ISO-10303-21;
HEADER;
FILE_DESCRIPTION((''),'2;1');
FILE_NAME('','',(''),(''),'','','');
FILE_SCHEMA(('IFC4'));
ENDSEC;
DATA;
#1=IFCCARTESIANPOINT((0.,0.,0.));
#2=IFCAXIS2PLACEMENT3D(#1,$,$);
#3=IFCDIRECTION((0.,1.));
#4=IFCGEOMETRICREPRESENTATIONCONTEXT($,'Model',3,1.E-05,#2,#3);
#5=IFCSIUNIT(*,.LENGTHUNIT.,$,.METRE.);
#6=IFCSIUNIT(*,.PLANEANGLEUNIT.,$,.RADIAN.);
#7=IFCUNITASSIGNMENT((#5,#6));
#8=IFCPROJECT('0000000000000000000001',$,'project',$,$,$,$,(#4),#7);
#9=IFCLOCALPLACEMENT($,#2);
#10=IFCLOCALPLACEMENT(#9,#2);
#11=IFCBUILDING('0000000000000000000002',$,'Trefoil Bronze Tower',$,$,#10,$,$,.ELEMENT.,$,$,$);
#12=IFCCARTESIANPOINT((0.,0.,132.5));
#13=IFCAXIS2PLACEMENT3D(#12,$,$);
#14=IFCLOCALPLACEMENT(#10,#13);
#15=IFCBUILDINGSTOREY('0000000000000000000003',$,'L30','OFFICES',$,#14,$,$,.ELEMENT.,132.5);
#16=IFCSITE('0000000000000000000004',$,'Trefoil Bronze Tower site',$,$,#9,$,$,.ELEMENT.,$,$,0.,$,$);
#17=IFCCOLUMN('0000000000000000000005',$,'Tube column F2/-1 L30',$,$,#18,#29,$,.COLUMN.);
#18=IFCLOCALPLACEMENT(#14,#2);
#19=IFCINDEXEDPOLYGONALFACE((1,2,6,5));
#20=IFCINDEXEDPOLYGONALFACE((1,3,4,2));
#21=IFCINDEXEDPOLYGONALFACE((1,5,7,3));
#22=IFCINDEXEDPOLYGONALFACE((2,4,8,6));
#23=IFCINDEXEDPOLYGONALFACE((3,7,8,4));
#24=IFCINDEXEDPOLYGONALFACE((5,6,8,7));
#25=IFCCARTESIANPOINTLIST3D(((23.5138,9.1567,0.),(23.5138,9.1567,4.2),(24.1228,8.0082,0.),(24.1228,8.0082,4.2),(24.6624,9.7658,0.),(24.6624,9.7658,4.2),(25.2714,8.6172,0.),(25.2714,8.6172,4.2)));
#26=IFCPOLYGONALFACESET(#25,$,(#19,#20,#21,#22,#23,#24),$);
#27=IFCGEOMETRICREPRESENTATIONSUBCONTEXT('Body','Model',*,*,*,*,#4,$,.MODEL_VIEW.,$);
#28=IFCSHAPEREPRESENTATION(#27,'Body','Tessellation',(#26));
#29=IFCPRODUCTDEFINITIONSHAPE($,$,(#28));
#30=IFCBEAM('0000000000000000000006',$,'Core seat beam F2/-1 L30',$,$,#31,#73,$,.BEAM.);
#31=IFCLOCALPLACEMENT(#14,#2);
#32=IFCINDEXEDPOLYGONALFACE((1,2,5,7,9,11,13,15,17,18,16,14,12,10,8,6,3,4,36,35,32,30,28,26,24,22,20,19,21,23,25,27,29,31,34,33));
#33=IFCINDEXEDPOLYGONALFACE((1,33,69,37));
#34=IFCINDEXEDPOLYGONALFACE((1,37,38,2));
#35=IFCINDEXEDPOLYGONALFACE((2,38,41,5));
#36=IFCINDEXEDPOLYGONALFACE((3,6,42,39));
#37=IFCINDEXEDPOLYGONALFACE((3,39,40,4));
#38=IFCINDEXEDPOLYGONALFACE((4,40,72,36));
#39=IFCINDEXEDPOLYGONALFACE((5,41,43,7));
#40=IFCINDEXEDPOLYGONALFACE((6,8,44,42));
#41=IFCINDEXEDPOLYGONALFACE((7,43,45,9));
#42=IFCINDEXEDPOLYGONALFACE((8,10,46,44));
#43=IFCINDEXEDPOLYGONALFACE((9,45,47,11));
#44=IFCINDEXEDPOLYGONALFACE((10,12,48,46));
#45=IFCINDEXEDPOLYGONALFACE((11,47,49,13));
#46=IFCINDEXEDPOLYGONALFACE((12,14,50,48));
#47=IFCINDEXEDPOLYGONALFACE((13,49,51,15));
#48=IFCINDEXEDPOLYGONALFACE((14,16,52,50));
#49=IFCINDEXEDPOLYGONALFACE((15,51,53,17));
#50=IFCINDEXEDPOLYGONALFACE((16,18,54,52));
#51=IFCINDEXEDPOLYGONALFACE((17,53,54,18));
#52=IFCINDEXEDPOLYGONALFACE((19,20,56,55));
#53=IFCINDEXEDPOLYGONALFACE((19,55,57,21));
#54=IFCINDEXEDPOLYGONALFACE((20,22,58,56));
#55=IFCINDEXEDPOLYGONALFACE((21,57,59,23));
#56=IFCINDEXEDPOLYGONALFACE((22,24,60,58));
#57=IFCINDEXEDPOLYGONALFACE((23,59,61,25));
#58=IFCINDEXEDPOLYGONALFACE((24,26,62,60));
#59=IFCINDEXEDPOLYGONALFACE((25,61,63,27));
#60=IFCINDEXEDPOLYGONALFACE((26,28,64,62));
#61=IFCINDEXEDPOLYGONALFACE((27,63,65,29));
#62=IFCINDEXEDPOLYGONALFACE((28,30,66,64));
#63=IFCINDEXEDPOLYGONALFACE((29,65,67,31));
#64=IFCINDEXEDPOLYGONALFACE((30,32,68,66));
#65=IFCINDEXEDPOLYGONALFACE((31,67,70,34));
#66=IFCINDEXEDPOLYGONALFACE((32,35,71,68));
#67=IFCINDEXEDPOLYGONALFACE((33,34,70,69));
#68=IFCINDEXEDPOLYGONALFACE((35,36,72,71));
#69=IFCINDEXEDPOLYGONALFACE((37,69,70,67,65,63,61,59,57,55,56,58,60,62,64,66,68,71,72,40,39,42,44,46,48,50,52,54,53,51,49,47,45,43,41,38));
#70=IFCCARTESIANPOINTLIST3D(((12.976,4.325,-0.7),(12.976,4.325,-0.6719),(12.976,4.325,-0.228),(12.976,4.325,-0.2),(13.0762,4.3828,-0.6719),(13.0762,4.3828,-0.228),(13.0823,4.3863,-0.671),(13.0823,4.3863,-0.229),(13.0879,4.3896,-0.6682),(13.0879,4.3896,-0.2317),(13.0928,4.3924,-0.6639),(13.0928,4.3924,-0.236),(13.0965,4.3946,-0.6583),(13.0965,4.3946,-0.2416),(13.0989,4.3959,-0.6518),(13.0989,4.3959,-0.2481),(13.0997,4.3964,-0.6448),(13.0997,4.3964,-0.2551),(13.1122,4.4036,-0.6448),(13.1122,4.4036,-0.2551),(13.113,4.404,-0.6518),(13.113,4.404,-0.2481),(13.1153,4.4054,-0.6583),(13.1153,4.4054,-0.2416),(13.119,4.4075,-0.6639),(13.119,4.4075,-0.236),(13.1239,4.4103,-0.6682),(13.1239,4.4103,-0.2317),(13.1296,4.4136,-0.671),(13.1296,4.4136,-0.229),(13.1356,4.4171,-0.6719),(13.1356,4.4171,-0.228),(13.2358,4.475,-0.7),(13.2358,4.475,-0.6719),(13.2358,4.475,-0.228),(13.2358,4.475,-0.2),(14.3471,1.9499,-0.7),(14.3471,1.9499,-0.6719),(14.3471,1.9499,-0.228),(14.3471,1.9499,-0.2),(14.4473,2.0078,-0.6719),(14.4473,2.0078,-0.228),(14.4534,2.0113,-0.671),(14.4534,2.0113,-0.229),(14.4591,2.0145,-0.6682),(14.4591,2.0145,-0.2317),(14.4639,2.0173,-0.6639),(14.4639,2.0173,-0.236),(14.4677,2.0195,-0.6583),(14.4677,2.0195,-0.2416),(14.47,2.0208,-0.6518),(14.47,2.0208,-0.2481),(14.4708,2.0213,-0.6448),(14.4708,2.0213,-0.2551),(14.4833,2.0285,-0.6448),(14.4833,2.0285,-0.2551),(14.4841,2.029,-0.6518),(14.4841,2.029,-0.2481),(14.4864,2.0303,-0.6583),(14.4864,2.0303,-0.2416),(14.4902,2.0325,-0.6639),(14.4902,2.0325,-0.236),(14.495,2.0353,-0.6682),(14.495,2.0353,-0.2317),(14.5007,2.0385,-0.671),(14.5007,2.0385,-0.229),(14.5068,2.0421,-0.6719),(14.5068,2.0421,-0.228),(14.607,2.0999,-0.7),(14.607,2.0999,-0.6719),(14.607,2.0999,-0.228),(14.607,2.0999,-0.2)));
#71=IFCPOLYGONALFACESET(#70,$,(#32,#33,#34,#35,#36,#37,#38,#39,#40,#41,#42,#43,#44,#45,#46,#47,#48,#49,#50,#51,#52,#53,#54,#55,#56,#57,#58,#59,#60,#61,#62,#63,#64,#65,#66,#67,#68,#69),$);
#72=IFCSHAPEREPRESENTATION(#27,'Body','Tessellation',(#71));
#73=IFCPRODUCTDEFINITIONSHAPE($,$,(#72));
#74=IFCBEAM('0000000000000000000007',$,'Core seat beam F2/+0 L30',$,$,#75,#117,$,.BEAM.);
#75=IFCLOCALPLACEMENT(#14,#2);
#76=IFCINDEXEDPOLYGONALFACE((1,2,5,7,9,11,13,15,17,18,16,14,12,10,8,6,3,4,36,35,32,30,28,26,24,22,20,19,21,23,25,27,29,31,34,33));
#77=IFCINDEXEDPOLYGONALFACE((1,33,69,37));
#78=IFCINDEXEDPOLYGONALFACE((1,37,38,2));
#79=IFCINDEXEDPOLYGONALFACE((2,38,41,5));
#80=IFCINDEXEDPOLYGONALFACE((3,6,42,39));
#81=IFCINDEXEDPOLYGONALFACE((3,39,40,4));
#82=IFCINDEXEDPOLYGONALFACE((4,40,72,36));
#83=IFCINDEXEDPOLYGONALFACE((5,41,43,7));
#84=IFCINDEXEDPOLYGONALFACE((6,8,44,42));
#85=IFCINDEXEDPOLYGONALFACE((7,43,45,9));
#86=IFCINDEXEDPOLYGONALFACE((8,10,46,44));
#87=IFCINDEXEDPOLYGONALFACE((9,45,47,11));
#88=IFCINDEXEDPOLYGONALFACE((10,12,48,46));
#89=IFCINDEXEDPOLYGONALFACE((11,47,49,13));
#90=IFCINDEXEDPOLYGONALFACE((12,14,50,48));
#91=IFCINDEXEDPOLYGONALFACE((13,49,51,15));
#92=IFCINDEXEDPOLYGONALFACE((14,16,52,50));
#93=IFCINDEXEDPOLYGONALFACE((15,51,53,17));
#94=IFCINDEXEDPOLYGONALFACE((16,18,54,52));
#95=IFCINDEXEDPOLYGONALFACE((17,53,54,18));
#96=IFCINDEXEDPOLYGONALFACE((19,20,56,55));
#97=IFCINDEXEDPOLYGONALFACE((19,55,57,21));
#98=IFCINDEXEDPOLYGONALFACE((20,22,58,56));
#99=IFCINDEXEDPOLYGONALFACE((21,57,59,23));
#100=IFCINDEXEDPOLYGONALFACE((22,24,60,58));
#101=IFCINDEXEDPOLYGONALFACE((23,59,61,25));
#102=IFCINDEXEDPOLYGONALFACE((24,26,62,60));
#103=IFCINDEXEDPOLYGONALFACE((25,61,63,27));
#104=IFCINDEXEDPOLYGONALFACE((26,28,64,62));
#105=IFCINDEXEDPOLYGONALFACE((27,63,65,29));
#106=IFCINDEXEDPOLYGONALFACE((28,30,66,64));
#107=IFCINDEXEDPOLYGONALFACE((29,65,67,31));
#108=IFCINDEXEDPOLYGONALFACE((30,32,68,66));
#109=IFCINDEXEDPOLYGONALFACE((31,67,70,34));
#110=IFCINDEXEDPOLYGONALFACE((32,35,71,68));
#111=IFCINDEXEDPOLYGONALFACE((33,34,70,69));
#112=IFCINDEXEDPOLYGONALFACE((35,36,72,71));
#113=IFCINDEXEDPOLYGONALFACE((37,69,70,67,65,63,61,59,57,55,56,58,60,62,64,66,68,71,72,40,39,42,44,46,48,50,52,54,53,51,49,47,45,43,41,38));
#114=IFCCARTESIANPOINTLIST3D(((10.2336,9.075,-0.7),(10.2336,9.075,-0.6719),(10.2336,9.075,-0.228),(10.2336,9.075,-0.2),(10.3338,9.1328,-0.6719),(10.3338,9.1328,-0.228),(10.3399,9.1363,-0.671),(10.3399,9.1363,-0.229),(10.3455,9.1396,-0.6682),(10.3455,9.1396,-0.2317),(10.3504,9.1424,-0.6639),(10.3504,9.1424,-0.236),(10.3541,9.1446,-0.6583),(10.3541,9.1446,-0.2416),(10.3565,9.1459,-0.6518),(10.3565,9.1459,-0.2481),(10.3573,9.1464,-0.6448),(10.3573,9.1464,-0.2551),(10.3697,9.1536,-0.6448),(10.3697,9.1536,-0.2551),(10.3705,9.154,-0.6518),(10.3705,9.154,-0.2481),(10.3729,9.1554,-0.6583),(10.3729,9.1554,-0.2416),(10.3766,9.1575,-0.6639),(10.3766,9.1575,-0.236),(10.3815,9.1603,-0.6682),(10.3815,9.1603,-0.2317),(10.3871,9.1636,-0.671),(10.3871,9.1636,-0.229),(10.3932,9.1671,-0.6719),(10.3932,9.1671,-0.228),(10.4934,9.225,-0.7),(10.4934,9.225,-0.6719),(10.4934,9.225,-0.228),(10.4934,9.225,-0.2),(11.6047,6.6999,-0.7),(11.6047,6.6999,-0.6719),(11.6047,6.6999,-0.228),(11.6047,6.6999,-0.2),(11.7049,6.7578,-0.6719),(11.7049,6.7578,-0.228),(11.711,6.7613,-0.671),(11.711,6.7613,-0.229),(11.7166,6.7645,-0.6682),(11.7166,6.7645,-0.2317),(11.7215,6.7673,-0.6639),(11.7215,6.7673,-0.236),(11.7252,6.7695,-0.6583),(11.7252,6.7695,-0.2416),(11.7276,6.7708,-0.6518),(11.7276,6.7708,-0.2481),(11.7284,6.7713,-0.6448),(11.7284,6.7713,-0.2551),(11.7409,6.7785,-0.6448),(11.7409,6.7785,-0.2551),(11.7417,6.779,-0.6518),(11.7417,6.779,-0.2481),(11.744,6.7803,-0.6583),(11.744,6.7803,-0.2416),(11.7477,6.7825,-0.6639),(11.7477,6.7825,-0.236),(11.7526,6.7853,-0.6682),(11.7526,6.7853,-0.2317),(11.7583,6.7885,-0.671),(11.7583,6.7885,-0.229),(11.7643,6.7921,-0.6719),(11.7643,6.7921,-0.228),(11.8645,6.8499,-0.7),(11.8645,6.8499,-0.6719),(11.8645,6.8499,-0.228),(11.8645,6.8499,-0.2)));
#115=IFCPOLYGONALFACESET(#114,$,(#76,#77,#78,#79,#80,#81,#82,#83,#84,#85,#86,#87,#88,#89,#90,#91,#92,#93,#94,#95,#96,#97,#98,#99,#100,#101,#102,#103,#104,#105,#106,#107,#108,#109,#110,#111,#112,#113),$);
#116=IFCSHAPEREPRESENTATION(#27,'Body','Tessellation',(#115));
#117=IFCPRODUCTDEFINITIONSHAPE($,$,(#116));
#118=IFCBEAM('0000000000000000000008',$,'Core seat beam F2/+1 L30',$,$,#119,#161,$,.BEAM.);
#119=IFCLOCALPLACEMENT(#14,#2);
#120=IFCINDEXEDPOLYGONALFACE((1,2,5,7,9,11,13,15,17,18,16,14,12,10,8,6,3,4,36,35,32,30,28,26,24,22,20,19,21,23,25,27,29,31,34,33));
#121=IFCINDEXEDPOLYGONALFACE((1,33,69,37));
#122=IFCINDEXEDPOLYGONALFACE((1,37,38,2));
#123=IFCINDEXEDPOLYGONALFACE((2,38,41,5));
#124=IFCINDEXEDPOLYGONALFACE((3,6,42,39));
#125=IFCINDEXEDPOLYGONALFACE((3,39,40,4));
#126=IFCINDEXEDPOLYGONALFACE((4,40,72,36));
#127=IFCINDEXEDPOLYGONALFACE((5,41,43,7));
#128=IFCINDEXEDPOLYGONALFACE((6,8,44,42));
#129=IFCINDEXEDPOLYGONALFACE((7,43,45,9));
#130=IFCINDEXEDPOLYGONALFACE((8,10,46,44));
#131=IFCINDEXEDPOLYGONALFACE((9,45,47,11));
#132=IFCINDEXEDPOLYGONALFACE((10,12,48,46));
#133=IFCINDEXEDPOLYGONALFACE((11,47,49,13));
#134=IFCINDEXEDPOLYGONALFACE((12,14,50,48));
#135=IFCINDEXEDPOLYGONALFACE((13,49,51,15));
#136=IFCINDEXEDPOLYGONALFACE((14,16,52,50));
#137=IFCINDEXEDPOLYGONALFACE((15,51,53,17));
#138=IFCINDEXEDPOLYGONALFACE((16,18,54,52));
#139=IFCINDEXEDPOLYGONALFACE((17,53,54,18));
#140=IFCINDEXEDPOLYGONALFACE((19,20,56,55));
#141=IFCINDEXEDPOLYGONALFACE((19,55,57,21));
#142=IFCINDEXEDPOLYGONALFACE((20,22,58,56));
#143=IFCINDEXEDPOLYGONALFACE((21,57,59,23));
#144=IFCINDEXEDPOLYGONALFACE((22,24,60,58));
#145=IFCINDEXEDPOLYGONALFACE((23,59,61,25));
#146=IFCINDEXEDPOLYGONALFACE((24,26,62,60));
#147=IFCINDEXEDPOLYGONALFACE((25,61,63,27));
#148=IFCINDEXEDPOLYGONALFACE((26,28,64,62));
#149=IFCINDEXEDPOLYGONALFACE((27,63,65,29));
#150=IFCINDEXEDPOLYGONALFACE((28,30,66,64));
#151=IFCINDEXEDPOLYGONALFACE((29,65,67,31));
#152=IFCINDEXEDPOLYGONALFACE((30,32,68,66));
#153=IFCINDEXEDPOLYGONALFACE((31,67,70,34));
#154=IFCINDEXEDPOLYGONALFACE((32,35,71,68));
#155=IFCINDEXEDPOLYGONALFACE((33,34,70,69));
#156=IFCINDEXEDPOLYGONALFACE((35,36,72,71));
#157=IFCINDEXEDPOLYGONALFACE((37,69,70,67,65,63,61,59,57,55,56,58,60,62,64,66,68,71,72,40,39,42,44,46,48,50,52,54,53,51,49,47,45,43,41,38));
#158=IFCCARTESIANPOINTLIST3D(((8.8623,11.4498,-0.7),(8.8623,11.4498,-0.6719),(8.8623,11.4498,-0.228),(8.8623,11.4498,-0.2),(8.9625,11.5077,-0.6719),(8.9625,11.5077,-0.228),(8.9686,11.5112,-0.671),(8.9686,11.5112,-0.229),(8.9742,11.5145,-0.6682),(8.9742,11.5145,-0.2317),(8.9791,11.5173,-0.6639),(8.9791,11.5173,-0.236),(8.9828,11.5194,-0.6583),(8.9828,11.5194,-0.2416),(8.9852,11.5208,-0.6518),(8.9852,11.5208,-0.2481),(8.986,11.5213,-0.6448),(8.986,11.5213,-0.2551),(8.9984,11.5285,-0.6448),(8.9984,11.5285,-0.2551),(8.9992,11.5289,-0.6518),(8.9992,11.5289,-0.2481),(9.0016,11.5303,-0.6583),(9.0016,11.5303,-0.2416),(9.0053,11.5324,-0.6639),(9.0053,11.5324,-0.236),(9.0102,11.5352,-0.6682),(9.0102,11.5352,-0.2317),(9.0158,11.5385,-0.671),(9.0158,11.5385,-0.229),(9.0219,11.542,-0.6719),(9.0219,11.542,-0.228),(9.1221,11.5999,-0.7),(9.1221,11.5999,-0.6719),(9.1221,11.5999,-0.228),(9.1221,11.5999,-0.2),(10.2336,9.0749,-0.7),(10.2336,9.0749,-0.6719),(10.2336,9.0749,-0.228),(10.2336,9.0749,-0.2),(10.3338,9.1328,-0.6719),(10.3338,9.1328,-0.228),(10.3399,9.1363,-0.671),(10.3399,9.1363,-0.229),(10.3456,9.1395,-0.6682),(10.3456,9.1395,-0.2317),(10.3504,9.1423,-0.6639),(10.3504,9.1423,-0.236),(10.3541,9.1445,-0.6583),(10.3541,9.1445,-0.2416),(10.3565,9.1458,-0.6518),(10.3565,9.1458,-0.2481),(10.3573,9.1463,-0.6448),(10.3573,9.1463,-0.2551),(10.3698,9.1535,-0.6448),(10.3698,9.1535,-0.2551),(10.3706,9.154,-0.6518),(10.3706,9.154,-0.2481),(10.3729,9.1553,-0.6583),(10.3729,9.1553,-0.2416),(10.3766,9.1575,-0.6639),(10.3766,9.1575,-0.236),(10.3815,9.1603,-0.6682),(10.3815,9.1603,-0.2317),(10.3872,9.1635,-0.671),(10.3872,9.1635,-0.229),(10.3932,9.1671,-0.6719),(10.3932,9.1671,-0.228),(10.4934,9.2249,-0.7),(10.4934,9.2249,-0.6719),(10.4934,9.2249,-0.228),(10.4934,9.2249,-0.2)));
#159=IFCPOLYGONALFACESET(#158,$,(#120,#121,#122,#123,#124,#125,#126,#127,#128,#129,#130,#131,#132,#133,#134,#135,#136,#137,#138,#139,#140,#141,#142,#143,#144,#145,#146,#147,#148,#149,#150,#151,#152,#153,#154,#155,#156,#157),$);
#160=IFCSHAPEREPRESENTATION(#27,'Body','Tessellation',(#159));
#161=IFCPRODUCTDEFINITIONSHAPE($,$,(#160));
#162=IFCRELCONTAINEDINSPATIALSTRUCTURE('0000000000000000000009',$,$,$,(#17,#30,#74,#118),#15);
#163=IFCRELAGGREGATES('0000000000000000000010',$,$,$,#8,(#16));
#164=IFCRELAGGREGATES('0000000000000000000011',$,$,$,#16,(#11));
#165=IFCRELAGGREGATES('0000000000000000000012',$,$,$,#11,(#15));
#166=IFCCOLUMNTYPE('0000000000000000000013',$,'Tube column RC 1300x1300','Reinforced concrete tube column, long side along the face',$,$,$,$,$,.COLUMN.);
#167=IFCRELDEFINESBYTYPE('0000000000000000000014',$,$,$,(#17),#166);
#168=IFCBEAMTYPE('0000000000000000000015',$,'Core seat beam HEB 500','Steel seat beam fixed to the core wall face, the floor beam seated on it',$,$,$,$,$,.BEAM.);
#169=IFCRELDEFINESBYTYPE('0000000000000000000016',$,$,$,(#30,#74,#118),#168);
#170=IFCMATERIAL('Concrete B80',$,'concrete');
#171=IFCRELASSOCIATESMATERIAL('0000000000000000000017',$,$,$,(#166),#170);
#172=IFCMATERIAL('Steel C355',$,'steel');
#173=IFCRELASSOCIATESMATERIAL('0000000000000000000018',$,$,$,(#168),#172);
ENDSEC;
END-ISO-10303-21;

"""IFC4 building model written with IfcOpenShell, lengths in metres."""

from ifc_helpers import new_model, si_unit, direction, frame, origin, origin_2d, place, context, subcontext, project, spatial, rectangle, i_section, extrude, material, material_profile, profile_set, type_object, element, save


model = new_model("IFC4")

# Units and contexts
model_context = context("Model", 3, precision=1e-05, world=origin(), true_north=direction((0.0, 1.0)))
body_context = subcontext(model_context, "Body", "Model", "MODEL_VIEW")
ifc_project = project(units=[si_unit("LENGTHUNIT", "METRE"), si_unit("PLANEANGLEUNIT", "RADIAN")], contexts=[model_context])

# Site, building, storey
site_placement = place(None, origin())
site = spatial("IfcSite", under=ifc_project, at=site_placement, Name="Trefoil Bronze Tower site", CompositionType="ELEMENT", RefElevation=0.0)
building_placement = place(site_placement, origin())
building = spatial("IfcBuilding", under=site, at=building_placement, Name="Trefoil Bronze Tower", CompositionType="ELEMENT")
storey_placement = place(building_placement, frame((0.0, 0.0, 132.5)))
storey = spatial("IfcBuildingStorey", under=building, at=storey_placement, Name="L30", Description="OFFICES", CompositionType="ELEMENT", Elevation=132.5)

# Column
ifc_material_1 = material(Name="Concrete B80", Category="concrete")
ifc_material_profile_1 = material_profile(ifc_material_1, rectangle(XDim=1.3, YDim=1.3, at=origin_2d()), Name="RC 1300x1300")
ifc_profile_set_1 = profile_set([ifc_material_profile_1], Name="Concrete B80")
column_type = type_object("IfcColumnType", Name="Tube column RC 1300x1300", Description="Reinforced concrete tube column, long side along the face", PredefinedType="COLUMN", material=ifc_profile_set_1)
column_placement = place(storey_placement, frame((24.3926, 8.887, 0.0), z_axis=(0.0, 0.0, 1.0), x_axis=(-0.468457, 0.883486, 0.0)))
element("IfcColumn", 1, at=column_placement, inside=storey, type_object=column_type, Name="Tube column F2/-1 L30", PredefinedType="COLUMN", context=body_context, shape_type="SweptSolid", body=[
    extrude(rectangle(XDim=1.3, YDim=1.3, at=origin_2d()), origin(), (0.0, 0.0, 1.0), 4.2),
])

# Beams
ifc_material_2 = material(Name="Steel C355", Category="steel")
ifc_material_profile_2 = material_profile(ifc_material_2, i_section(OverallWidth=0.3, OverallDepth=0.5, WebThickness=0.0144, FlangeThickness=0.0281, FilletRadius=0.0271, at=origin_2d()), Name="HEB 500")
ifc_profile_set_2 = profile_set([ifc_material_profile_2], Name="Steel C355")
beam_type_1 = type_object("IfcBeamType", Name="Core seat beam HEB 500", Description="Steel seat beam fixed to the core wall face, the floor beam seated on it", PredefinedType="BEAM", material=ifc_profile_set_2)
for number, where, z_axis, x_axis, name in (
    (2, (14.4771, 2.0249, -0.45), (-0.499969, 0.866043, 0.0), (-0.866043, -0.499969, 0.0), "Core seat beam F2/-1 L30"),
    (3, (11.7346, 6.7749, -0.45), (-0.499969, 0.866043, 0.0), (-0.866043, -0.499969, 0.0), "Core seat beam F2/+0 L30"),
    (4, (10.3635, 9.1499, -0.45), (-0.500036, 0.866005, 0.0), (-0.866005, -0.500036, 0.0), "Core seat beam F2/+1 L30"),
):
    element("IfcBeam", number, at=place(storey_placement, frame(where, z_axis=z_axis, x_axis=x_axis)), inside=storey, type_object=beam_type_1, Name=name, PredefinedType="BEAM", context=body_context, shape_type="SweptSolid", body=[
        extrude(i_section(OverallWidth=0.3, OverallDepth=0.5, WebThickness=0.0144, FlangeThickness=0.0281, FilletRadius=0.0271, at=origin_2d()), origin(), (0.0, 0.0, 1.0), 2.7424),
    ])

save(model, "model.ifc")
